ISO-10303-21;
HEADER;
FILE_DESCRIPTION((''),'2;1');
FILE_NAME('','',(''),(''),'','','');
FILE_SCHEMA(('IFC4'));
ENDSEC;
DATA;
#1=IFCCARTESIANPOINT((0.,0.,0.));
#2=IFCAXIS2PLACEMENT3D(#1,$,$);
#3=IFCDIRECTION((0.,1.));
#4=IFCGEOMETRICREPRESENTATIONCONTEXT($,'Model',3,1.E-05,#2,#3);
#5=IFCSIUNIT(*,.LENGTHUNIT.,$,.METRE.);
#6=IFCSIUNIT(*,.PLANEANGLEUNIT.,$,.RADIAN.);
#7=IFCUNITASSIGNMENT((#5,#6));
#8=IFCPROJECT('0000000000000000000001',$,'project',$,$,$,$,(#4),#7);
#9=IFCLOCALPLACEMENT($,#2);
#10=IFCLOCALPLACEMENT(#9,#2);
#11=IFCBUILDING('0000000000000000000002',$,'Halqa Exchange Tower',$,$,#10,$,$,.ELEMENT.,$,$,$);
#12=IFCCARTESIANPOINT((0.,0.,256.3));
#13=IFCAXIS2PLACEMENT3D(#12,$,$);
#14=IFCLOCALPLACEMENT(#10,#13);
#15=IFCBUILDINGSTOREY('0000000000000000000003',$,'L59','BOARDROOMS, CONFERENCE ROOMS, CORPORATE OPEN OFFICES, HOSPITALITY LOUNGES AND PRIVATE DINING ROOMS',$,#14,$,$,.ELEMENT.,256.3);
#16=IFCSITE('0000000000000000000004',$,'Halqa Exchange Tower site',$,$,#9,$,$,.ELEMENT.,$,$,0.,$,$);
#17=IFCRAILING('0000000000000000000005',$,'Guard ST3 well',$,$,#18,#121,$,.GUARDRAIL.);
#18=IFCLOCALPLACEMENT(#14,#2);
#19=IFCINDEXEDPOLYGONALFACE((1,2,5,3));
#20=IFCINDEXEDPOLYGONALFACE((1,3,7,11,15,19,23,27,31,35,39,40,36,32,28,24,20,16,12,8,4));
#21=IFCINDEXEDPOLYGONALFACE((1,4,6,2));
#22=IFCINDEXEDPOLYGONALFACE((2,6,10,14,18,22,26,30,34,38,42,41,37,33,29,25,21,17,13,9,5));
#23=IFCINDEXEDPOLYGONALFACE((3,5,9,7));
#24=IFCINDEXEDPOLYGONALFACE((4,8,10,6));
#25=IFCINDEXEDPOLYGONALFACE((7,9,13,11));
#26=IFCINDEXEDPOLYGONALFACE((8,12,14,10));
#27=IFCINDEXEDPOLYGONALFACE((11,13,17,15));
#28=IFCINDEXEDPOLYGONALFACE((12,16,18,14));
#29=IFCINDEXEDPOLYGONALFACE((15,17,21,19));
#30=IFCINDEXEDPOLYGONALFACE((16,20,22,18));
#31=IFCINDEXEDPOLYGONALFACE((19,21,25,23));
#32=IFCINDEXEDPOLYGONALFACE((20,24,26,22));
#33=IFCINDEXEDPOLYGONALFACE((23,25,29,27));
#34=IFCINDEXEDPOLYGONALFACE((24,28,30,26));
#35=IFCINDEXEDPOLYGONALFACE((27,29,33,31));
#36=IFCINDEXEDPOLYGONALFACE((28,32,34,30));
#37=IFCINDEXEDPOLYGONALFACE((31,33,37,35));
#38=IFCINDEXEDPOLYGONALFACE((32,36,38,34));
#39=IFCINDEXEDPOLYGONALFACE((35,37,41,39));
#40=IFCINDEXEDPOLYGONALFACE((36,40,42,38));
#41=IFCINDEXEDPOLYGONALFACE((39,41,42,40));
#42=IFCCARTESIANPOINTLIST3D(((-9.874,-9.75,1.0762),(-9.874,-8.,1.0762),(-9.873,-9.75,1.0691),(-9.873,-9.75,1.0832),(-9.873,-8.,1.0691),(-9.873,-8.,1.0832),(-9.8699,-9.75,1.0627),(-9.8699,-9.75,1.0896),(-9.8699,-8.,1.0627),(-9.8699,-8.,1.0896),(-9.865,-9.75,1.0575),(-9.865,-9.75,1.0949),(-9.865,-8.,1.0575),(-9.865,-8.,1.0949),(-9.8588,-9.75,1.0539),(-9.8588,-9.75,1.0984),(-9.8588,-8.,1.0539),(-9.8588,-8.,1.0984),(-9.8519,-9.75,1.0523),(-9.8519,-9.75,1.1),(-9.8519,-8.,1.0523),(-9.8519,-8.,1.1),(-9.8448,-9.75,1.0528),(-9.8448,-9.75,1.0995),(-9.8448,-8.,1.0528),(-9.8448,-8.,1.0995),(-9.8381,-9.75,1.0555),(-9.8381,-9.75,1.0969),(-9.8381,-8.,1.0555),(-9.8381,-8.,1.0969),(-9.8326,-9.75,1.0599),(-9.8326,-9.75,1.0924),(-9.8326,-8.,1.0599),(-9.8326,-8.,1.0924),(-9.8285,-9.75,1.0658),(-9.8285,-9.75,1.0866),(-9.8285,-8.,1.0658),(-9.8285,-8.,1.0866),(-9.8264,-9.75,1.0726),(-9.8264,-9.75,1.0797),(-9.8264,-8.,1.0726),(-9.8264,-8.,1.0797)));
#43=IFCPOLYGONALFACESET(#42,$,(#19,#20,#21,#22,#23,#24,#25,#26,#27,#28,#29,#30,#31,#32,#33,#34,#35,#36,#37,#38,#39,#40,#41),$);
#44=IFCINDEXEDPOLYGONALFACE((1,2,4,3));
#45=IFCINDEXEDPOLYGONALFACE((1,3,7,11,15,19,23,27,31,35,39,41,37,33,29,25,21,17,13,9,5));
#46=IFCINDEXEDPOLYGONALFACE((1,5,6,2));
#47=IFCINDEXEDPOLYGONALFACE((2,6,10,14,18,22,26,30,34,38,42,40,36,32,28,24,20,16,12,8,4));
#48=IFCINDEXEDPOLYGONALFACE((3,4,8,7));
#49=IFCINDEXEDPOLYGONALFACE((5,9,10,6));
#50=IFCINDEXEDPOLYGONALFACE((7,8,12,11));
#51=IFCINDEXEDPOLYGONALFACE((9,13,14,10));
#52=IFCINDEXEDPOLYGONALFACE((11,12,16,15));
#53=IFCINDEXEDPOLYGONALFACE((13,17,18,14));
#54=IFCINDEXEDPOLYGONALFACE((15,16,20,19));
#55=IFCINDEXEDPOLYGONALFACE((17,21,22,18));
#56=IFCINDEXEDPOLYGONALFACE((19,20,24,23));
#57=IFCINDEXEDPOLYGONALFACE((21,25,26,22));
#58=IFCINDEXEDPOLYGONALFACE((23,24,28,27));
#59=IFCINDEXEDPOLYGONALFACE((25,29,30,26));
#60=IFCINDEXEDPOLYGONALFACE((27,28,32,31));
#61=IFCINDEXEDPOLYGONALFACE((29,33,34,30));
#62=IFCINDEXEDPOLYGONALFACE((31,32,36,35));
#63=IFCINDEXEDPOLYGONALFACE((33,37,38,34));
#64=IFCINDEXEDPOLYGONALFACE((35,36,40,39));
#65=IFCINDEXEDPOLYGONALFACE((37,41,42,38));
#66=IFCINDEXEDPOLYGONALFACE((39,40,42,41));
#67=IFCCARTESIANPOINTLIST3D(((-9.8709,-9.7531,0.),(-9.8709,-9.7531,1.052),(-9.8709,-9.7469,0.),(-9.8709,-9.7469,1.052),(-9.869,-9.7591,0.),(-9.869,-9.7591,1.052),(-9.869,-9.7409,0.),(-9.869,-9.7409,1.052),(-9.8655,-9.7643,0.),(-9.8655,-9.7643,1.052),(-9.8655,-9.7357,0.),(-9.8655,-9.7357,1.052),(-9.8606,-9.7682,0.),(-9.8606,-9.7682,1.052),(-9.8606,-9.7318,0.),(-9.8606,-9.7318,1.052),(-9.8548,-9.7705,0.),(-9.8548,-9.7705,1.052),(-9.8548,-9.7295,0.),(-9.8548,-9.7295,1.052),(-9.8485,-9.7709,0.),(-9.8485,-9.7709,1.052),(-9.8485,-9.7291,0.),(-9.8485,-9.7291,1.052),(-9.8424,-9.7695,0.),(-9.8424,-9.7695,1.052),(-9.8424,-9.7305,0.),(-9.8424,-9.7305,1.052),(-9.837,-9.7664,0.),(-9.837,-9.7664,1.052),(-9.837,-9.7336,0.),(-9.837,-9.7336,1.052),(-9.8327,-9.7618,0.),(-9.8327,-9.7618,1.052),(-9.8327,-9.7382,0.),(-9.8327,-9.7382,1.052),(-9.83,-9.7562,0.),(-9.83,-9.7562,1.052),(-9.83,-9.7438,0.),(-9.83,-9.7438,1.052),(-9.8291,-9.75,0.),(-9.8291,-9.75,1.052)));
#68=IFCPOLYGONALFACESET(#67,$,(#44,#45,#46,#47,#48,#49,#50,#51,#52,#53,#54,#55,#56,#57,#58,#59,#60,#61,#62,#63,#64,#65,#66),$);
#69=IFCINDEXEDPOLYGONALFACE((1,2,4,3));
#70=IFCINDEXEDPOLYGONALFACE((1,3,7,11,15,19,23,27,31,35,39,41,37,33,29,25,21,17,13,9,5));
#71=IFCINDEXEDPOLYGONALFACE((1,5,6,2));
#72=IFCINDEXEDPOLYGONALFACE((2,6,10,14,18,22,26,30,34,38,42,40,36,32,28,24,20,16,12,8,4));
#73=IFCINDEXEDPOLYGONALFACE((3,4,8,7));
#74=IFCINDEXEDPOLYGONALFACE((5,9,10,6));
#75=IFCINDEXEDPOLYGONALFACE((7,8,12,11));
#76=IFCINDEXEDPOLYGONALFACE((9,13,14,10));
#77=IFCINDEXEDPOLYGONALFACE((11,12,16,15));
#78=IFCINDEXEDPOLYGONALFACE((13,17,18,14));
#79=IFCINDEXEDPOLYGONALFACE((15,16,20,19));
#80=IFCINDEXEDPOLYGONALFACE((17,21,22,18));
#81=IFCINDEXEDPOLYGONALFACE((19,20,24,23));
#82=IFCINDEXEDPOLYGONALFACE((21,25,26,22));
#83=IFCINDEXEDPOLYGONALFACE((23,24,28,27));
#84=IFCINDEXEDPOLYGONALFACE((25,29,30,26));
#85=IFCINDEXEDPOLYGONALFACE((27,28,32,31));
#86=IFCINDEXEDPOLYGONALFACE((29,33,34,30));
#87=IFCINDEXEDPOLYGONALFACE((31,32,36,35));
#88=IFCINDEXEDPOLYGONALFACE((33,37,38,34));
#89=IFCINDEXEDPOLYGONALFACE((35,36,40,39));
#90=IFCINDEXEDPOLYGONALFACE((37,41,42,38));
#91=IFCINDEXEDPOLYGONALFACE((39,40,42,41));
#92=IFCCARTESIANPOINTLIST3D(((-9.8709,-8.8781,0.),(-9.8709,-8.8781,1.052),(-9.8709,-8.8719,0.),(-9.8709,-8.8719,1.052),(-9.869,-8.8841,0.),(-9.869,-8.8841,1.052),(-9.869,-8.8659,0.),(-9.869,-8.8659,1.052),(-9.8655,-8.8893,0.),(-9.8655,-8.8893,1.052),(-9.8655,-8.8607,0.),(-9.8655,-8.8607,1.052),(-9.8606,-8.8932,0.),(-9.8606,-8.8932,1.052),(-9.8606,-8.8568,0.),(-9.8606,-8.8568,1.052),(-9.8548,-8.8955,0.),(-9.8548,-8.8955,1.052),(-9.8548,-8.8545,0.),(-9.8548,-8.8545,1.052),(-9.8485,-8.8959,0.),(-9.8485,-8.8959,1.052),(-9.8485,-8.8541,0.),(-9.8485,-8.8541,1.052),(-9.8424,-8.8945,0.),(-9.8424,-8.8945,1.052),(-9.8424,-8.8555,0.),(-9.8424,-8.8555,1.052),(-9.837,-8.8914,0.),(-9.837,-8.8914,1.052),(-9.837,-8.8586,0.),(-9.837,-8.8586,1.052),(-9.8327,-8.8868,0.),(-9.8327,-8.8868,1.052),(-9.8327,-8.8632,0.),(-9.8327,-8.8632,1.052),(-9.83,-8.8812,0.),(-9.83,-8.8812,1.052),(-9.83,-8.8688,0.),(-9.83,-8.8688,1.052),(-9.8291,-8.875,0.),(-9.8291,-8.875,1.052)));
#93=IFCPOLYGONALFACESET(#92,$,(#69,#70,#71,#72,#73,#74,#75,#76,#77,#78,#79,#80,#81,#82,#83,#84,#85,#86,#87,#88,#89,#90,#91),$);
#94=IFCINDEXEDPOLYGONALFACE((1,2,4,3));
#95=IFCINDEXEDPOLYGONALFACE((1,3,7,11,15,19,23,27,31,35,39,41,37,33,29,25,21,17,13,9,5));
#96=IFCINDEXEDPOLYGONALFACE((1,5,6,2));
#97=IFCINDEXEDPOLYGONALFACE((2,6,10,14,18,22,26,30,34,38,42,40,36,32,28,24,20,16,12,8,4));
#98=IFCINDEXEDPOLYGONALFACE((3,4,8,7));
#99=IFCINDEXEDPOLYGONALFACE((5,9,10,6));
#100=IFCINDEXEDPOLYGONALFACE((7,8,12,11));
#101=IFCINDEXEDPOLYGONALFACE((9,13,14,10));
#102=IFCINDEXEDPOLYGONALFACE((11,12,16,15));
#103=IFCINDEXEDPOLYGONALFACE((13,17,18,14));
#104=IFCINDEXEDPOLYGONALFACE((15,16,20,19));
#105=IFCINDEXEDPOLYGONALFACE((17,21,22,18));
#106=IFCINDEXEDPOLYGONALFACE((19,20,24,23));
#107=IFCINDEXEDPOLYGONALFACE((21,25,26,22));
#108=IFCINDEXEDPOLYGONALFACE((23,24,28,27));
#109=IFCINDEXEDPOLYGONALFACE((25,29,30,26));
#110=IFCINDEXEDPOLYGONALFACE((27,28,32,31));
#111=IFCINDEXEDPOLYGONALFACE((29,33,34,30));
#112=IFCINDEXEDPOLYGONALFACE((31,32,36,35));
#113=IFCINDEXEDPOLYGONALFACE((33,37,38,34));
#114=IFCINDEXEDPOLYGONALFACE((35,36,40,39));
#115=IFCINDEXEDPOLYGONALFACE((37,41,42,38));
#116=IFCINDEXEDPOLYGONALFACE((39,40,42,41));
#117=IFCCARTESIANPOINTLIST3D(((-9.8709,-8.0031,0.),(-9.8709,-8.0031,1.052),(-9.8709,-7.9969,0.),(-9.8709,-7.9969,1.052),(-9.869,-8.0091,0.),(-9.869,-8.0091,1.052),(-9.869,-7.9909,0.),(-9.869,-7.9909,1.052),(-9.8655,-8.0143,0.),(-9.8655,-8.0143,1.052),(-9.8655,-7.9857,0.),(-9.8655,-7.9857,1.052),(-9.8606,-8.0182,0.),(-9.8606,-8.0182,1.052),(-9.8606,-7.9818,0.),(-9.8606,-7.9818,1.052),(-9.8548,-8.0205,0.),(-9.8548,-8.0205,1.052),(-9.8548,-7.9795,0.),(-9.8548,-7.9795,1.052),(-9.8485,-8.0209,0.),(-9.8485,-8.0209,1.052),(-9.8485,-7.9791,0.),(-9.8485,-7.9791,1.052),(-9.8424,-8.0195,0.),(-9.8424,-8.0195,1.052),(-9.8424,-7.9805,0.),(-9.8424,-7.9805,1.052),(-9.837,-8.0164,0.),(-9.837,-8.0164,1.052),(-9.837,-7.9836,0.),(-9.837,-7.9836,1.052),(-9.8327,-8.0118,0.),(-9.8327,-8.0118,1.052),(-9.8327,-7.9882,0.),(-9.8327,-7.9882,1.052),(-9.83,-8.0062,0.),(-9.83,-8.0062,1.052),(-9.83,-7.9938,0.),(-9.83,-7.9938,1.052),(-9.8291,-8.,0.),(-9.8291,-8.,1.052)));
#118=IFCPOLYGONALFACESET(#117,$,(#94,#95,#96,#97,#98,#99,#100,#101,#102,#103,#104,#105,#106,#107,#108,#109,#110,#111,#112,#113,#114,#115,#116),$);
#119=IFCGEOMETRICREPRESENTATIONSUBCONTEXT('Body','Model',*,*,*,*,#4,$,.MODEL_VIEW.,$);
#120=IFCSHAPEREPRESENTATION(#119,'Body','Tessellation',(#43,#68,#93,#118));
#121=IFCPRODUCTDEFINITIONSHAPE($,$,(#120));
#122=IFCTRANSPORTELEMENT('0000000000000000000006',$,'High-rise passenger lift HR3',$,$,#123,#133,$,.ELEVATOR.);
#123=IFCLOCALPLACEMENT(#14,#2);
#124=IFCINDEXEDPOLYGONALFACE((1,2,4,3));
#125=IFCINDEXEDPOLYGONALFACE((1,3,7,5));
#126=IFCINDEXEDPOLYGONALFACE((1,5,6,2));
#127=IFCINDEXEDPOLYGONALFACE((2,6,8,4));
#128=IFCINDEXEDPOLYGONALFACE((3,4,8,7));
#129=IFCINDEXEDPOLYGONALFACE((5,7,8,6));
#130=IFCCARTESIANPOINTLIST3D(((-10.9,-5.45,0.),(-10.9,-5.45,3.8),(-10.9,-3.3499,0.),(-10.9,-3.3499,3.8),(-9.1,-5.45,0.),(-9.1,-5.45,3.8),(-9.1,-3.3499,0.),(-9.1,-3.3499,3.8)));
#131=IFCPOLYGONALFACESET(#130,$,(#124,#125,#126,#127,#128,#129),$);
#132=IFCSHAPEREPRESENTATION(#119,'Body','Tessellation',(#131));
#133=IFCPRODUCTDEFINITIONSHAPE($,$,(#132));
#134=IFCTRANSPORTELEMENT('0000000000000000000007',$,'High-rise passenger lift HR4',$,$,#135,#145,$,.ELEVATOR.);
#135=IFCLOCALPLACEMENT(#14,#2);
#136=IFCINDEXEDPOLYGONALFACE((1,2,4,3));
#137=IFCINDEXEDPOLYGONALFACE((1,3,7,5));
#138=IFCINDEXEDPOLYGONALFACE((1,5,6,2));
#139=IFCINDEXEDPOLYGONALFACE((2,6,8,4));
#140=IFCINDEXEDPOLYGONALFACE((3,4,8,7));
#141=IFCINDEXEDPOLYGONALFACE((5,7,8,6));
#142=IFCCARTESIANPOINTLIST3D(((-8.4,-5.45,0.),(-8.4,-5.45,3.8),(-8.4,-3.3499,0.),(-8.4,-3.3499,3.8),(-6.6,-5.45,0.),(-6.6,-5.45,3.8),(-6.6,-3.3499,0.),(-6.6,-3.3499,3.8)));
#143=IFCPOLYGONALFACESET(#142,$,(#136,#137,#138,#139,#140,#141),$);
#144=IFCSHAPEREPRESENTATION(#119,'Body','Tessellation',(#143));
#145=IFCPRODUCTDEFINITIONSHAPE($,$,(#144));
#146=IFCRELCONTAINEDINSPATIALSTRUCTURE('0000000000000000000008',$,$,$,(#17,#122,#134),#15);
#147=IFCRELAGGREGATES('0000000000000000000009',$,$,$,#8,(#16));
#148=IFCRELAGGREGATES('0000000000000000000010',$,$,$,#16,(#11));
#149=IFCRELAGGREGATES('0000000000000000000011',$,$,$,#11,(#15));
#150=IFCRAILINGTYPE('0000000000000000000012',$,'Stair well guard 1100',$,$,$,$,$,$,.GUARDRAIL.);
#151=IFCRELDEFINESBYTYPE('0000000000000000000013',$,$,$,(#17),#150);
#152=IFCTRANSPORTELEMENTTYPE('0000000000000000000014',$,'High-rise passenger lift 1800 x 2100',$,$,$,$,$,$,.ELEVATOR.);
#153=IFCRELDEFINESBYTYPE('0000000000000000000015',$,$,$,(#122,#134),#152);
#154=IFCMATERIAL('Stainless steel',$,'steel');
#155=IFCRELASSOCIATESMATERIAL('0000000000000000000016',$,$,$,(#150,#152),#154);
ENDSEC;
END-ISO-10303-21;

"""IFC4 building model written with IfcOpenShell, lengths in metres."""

from ifc_helpers import new_model, si_unit, direction, frame, origin, origin_2d, place, context, subcontext, project, spatial, rectangle, circle, extrude, material, type_object, element, save


model = new_model("IFC4")

# Units and contexts
model_context = context("Model", 3, precision=1e-05, world=origin(), true_north=direction((0.0, 1.0)))
body_context = subcontext(model_context, "Body", "Model", "MODEL_VIEW")
ifc_project = project(units=[si_unit("LENGTHUNIT", "METRE"), si_unit("PLANEANGLEUNIT", "RADIAN")], contexts=[model_context])

# Site, building, storey
site_placement = place(None, origin())
site = spatial("IfcSite", under=ifc_project, at=site_placement, Name="Halqa Exchange Tower site", CompositionType="ELEMENT", RefElevation=0.0)
building_placement = place(site_placement, origin())
building = spatial("IfcBuilding", under=site, at=building_placement, Name="Halqa Exchange Tower", CompositionType="ELEMENT")
storey_placement = place(building_placement, frame((0.0, 0.0, 256.3)))
storey = spatial("IfcBuildingStorey", under=building, at=storey_placement, Name="L59", Description="BOARDROOMS, CONFERENCE ROOMS, CORPORATE OPEN OFFICES, HOSPITALITY LOUNGES AND PRIVATE DINING ROOMS", CompositionType="ELEMENT", Elevation=256.3)

# Shared definitions
ifc_material_1 = material(Name="Stainless steel", Category="steel")

# Railing
railing_type_1 = type_object("IfcRailingType", Name="Stair well guard 1100", PredefinedType="GUARDRAIL", material=ifc_material_1)
railing_1_placement = place(storey_placement, frame((-9.8501, -9.75, 0.0)))
element("IfcRailing", 1, at=railing_1_placement, inside=storey, type_object=railing_type_1, Name="Guard ST3 well", PredefinedType="GUARDRAIL", context=body_context, shape_type="SweptSolid", body=[
    extrude(circle(Radius=0.0239, at=origin_2d()), frame((0.0, 0.0, 1.0762), z_axis=(0.0, 1.0, 0.0), x_axis=(-1.0, 0.0, 0.0)), (0.0, 0.0, 1.0), 1.75),
    extrude(circle(Radius=0.021, at=origin_2d()), origin(), (0.0, 0.0, 1.0), 1.052),
    extrude(circle(Radius=0.021, at=origin_2d()), frame((0.0, 0.875, 0.0)), (0.0, 0.0, 1.0), 1.052),
    extrude(circle(Radius=0.021, at=origin_2d()), frame((0.0, 1.75, 0.0)), (0.0, 0.0, 1.0), 1.052),
])

# Transport elements
transport_element_type = type_object("IfcTransportElementType", Name="High-rise passenger lift 1800 x 2100", PredefinedType="ELEVATOR", material=ifc_material_1)
for number, where, z_axis, x_axis, name in (
    (2, (-10.0, -4.3999, 0.0), (0.0, 0.0, 1.0), (1.0, 0.0, 0.0), "High-rise passenger lift HR3"),
    (3, (-7.5, -4.3999, 0.0), (0.0, 0.0, 1.0), (1.0, 0.0, 0.0), "High-rise passenger lift HR4"),
):
    element("IfcTransportElement", number, at=place(storey_placement, frame(where, z_axis=z_axis, x_axis=x_axis)), inside=storey, type_object=transport_element_type, Name=name, PredefinedType="ELEVATOR", context=body_context, shape_type="SweptSolid", body=[
        extrude(rectangle(XDim=1.8, YDim=2.1001, at=origin_2d()), origin(), (0.0, 0.0, 1.0), 3.8),
    ])

save(model, "model.ifc")
